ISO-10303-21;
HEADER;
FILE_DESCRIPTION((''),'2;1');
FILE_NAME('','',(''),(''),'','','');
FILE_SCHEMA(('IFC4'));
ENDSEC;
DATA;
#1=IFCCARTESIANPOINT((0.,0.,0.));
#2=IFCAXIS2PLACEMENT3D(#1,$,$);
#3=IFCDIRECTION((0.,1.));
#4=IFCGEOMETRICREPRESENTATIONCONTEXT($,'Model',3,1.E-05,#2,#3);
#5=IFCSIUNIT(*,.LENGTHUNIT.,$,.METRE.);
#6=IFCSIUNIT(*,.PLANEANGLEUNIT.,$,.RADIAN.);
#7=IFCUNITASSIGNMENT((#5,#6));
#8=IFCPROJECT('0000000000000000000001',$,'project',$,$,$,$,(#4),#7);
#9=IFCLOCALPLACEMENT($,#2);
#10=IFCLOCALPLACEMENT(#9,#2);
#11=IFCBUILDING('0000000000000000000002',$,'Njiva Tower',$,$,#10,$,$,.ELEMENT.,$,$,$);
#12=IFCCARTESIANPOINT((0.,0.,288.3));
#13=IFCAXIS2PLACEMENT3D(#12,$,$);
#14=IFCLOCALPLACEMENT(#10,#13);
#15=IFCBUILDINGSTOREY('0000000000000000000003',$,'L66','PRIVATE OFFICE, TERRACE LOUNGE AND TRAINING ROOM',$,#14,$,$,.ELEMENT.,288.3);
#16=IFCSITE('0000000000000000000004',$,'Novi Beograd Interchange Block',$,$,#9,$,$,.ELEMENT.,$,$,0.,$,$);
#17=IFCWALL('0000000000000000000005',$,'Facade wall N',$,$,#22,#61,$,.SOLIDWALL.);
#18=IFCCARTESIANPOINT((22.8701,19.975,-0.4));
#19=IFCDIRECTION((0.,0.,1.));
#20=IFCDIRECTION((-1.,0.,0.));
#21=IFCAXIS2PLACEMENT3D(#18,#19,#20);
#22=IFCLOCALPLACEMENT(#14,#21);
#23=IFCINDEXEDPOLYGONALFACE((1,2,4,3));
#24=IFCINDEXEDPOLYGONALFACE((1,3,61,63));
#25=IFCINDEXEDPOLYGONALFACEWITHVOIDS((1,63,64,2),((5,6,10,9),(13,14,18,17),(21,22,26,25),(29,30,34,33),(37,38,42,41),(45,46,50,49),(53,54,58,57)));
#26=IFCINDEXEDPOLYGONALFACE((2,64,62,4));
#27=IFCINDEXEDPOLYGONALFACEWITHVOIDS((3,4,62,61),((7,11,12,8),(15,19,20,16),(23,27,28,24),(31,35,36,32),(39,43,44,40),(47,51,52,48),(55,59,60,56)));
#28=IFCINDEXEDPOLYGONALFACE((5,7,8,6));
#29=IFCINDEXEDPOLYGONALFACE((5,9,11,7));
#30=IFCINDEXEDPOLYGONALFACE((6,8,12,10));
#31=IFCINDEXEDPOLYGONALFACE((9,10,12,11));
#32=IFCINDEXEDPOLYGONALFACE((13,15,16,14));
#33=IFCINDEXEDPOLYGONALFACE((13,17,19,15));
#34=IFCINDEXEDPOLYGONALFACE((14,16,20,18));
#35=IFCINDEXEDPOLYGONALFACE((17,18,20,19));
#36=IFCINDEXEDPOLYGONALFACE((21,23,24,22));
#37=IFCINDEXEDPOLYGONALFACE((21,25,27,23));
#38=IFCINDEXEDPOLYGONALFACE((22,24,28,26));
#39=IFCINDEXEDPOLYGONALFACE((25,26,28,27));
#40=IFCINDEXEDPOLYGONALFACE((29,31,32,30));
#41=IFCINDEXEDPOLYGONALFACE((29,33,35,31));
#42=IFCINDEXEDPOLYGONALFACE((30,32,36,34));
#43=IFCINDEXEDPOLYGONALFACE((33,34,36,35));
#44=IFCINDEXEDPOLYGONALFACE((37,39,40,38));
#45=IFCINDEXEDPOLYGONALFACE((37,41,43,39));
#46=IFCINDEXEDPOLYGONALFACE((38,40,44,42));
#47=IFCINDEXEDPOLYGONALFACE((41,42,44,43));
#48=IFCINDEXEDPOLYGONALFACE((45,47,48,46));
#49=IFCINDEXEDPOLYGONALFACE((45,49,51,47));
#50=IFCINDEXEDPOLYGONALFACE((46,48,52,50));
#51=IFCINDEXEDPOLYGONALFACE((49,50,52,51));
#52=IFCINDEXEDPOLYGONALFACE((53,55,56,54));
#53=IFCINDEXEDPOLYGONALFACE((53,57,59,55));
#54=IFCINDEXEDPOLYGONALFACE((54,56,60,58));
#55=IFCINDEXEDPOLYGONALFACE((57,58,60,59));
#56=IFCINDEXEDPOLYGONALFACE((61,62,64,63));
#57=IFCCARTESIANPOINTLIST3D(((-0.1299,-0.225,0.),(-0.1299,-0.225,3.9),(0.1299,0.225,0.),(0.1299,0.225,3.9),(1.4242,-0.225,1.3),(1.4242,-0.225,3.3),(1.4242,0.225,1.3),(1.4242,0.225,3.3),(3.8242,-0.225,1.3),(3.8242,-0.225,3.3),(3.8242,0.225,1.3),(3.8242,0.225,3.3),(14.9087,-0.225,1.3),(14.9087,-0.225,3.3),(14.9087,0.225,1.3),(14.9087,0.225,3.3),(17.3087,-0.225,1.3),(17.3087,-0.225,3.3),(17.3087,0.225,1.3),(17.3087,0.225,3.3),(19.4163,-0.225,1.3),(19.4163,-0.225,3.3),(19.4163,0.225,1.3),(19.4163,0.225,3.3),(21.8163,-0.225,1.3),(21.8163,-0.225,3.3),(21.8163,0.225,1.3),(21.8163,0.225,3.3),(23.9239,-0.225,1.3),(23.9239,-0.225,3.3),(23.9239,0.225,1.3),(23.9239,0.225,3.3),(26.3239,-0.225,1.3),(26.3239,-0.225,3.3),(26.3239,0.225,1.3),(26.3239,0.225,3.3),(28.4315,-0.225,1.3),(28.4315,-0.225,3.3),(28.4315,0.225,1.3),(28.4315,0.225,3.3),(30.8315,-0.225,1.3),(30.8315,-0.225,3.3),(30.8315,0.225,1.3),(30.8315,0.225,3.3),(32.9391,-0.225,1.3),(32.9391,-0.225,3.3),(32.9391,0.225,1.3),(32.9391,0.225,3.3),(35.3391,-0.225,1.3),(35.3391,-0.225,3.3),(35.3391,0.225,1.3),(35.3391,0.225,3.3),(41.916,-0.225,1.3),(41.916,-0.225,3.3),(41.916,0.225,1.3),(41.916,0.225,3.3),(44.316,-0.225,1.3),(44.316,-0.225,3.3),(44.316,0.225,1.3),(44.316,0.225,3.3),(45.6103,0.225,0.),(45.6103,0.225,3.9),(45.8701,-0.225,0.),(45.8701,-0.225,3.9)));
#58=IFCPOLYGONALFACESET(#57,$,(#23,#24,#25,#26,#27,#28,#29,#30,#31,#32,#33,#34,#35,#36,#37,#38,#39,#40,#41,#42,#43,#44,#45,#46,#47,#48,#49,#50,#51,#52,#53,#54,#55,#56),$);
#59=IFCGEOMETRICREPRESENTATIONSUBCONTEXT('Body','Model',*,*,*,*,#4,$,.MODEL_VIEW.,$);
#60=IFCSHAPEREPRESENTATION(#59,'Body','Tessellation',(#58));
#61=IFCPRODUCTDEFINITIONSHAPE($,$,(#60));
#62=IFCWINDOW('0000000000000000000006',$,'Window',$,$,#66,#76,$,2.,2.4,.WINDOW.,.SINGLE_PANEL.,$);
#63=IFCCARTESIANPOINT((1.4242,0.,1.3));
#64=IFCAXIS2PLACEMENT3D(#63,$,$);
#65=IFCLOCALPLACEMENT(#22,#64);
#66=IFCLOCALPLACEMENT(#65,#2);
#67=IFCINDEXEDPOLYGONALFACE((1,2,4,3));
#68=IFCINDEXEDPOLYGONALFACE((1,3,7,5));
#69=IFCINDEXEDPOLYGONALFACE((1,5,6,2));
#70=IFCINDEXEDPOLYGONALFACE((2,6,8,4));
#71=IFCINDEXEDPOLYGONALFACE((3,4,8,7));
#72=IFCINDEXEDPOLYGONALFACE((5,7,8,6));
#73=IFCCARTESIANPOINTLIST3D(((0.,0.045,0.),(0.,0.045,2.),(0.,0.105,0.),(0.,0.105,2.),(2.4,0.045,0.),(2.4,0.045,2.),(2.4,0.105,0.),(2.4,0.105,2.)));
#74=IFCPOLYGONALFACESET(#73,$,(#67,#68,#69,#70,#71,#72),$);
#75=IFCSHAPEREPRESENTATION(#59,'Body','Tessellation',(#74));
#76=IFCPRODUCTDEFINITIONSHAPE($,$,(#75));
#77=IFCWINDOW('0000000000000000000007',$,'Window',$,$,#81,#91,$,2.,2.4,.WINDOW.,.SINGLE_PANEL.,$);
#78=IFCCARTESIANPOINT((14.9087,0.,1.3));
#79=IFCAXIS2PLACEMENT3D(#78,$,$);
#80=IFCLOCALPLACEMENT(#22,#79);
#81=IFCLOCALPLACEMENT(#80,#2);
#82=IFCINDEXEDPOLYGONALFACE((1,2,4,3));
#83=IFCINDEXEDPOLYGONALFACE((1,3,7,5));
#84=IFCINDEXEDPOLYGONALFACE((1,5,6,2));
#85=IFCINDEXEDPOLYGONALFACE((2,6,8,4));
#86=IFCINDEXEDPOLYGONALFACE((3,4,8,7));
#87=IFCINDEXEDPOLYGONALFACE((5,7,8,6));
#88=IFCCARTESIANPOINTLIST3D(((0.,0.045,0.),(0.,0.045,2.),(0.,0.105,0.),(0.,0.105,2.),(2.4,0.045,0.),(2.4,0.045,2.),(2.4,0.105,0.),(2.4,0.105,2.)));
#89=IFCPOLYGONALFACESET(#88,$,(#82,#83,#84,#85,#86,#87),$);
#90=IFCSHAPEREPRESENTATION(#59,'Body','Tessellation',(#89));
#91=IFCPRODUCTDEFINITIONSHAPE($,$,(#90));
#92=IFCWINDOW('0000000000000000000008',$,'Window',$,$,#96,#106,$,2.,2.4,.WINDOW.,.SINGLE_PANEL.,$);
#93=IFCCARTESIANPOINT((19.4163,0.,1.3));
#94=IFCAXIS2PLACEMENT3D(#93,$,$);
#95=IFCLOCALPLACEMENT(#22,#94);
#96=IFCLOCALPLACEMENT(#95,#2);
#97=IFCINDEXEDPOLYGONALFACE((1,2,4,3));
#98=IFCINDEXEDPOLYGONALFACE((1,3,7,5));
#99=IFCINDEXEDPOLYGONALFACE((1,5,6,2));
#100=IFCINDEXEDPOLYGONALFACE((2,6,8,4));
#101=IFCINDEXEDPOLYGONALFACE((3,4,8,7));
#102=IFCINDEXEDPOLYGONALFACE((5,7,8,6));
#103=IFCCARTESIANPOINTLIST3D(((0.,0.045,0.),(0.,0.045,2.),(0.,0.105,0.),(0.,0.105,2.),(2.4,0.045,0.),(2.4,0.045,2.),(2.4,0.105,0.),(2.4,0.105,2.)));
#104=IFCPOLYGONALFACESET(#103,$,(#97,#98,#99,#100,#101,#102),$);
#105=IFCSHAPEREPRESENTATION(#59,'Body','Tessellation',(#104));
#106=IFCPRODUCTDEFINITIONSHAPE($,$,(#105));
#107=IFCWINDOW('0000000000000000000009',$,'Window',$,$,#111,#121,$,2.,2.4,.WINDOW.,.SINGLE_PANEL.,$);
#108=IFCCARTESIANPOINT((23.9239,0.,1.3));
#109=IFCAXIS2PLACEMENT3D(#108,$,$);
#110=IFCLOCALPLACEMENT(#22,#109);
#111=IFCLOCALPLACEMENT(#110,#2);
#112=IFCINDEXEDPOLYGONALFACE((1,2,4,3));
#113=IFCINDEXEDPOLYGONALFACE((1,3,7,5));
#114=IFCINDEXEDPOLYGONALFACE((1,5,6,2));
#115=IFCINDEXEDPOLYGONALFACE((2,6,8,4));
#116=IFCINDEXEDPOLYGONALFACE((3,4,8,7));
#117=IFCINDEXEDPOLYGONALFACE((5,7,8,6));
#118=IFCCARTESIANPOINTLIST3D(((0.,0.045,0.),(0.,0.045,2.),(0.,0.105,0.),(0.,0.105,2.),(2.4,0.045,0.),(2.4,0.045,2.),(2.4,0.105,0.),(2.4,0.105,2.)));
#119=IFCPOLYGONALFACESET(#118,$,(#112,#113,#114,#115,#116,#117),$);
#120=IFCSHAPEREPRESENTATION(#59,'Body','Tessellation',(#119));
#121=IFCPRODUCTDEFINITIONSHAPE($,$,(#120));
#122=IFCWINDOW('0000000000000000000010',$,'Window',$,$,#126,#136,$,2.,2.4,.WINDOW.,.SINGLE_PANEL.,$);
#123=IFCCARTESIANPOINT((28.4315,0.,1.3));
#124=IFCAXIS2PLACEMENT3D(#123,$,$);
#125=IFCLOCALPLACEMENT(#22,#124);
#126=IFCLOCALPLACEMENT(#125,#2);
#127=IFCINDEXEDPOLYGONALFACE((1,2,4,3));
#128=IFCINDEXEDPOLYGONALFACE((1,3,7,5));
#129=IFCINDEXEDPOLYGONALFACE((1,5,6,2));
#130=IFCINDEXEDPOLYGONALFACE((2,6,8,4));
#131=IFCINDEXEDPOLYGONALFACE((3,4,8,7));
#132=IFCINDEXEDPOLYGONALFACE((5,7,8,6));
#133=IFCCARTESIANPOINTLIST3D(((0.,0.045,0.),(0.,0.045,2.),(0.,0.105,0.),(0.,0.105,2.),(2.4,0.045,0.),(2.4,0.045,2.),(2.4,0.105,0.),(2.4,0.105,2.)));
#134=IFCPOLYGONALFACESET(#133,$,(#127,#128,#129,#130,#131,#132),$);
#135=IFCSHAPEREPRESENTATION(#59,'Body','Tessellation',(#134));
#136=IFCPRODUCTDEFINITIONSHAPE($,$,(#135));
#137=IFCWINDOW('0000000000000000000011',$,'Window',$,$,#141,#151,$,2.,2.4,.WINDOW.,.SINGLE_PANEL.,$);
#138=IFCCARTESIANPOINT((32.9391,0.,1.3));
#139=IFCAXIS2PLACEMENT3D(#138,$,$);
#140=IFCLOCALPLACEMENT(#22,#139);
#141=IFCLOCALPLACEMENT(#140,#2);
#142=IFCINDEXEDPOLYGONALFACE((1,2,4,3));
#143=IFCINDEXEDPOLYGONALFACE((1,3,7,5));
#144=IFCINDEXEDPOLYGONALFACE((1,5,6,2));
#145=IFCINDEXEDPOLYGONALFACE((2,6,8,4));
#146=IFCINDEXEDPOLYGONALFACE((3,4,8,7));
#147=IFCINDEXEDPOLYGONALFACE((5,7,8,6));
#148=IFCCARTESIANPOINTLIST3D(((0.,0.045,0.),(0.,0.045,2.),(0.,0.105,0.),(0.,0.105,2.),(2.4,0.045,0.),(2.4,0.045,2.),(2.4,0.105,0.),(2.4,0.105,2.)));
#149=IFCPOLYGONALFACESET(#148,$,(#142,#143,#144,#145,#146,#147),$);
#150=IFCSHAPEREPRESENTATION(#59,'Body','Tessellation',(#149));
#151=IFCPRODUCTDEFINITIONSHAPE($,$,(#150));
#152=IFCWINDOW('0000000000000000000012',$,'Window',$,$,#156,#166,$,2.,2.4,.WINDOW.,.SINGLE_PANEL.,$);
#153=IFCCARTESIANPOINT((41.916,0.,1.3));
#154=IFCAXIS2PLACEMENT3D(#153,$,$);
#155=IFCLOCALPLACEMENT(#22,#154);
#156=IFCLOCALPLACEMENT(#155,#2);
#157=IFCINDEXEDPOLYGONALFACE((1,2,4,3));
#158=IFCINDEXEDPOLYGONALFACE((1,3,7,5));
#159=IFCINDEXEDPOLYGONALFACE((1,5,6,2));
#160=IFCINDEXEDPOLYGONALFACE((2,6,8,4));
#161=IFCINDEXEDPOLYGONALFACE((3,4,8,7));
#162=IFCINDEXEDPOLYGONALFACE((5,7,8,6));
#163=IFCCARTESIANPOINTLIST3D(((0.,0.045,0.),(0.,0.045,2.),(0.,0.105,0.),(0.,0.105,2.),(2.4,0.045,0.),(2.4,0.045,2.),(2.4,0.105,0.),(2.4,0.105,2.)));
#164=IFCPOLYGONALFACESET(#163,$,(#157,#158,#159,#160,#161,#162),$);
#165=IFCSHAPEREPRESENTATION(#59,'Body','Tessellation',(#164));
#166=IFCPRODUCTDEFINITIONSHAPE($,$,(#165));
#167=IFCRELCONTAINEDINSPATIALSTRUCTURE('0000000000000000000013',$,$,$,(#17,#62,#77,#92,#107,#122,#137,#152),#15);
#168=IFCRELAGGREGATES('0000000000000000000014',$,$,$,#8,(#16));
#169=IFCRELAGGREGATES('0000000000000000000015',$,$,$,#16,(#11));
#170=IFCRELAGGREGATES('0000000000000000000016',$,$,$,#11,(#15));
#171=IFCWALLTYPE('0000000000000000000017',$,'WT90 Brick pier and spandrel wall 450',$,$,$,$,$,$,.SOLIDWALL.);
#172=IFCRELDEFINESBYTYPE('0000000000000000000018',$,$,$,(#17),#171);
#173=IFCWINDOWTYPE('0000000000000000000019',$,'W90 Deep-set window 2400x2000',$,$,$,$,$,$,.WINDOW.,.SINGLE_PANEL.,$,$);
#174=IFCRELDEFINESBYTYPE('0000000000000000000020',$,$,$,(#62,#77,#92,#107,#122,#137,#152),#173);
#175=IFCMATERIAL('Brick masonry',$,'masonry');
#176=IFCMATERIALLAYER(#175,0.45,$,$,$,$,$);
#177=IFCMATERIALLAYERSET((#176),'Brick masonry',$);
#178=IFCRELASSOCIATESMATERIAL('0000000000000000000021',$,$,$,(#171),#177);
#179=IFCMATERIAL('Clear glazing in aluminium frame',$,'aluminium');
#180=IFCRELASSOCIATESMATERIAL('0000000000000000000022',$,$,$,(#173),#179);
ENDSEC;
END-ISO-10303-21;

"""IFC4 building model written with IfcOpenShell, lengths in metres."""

from ifc_helpers import new_model, si_unit, direction, frame, frame_2d, origin, place, context, subcontext, project, spatial, polyline, rectangle, outline, extrude, material, layer, layer_set, type_object, element, fill, save


model = new_model("IFC4")

# Units and contexts
model_context = context("Model", 3, precision=1e-05, world=origin(), true_north=direction((0.0, 1.0)))
body_context = subcontext(model_context, "Body", "Model", "MODEL_VIEW")
ifc_project = project(units=[si_unit("LENGTHUNIT", "METRE"), si_unit("PLANEANGLEUNIT", "RADIAN")], contexts=[model_context])

# Site, building, storey
site_placement = place(None, origin())
site = spatial("IfcSite", under=ifc_project, at=site_placement, Name="Novi Beograd Interchange Block", CompositionType="ELEMENT", RefElevation=0.0)
building_placement = place(site_placement, origin())
building = spatial("IfcBuilding", under=site, at=building_placement, Name="Njiva Tower", CompositionType="ELEMENT")
storey_placement = place(building_placement, frame((0.0, 0.0, 288.3)))
storey = spatial("IfcBuildingStorey", under=building, at=storey_placement, Name="L66", Description="PRIVATE OFFICE, TERRACE LOUNGE AND TRAINING ROOM", CompositionType="ELEMENT", Elevation=288.3)

# Wall, openings, windows
ifc_material_1 = material(Name="Brick masonry", Category="masonry")
ifc_layer_1 = layer(ifc_material_1, 0.45)
ifc_layer_set_1 = layer_set([ifc_layer_1], Name="Brick masonry")
wall_type_1 = type_object("IfcWallType", Name="WT90 Brick pier and spandrel wall 450", PredefinedType="SOLIDWALL", material=ifc_layer_set_1)
wall_1_placement = place(storey_placement, frame((22.8701, 19.975, -0.4), z_axis=(0.0, 0.0, 1.0), x_axis=(-1.0, 0.0, 0.0)))
wall_1 = element("IfcWall", 1, at=wall_1_placement, inside=storey, type_object=wall_type_1, Name="Facade wall N", PredefinedType="SOLIDWALL", context=body_context, shape_type="SweptSolid", body=[
    extrude(outline(polyline([(-0.1299, -0.225), (45.8701, -0.225), (45.6103, 0.225), (0.1299, 0.225), (-0.1299, -0.225)])), origin(), (0.0, 0.0, 1.0), 3.9),
])
opening_1_placement = place(wall_1_placement, frame((1.4242, 0.0, 1.3)))
opening_1 = element("IfcOpeningElement", 2, at=opening_1_placement, cuts=wall_1, PredefinedType="OPENING", context=body_context, shape_type="SweptSolid", body=[
    extrude(rectangle(XDim=2.4, YDim=2.0, at=frame_2d((1.2, 1.0))), frame((0.0, 0.235, 0.0), z_axis=(0.0, -1.0, 0.0), x_axis=(1.0, 0.0, 0.0)), (0.0, 0.0, 1.0), 0.47),
])
opening_2_placement = place(wall_1_placement, frame((14.9087, 0.0, 1.3)))
opening_2 = element("IfcOpeningElement", 3, at=opening_2_placement, cuts=wall_1, PredefinedType="OPENING", context=body_context, shape_type="SweptSolid", body=[
    extrude(rectangle(XDim=2.4, YDim=2.0, at=frame_2d((1.2, 1.0))), frame((0.0, 0.235, 0.0), z_axis=(0.0, -1.0, 0.0), x_axis=(1.0, 0.0, 0.0)), (0.0, 0.0, 1.0), 0.47),
])
opening_3_placement = place(wall_1_placement, frame((19.4163, 0.0, 1.3)))
opening_3 = element("IfcOpeningElement", 4, at=opening_3_placement, cuts=wall_1, PredefinedType="OPENING", context=body_context, shape_type="SweptSolid", body=[
    extrude(rectangle(XDim=2.4, YDim=2.0, at=frame_2d((1.2, 1.0))), frame((0.0, 0.235, 0.0), z_axis=(0.0, -1.0, 0.0), x_axis=(1.0, 0.0, 0.0)), (0.0, 0.0, 1.0), 0.47),
])
opening_4_placement = place(wall_1_placement, frame((23.9239, 0.0, 1.3)))
opening_4 = element("IfcOpeningElement", 5, at=opening_4_placement, cuts=wall_1, PredefinedType="OPENING", context=body_context, shape_type="SweptSolid", body=[
    extrude(rectangle(XDim=2.4, YDim=2.0, at=frame_2d((1.2, 1.0))), frame((0.0, 0.235, 0.0), z_axis=(0.0, -1.0, 0.0), x_axis=(1.0, 0.0, 0.0)), (0.0, 0.0, 1.0), 0.47),
])
opening_5_placement = place(wall_1_placement, frame((28.4315, 0.0, 1.3)))
opening_5 = element("IfcOpeningElement", 6, at=opening_5_placement, cuts=wall_1, PredefinedType="OPENING", context=body_context, shape_type="SweptSolid", body=[
    extrude(rectangle(XDim=2.4, YDim=2.0, at=frame_2d((1.2, 1.0))), frame((0.0, 0.235, 0.0), z_axis=(0.0, -1.0, 0.0), x_axis=(1.0, 0.0, 0.0)), (0.0, 0.0, 1.0), 0.47),
])
opening_6_placement = place(wall_1_placement, frame((32.9391, 0.0, 1.3)))
opening_6 = element("IfcOpeningElement", 7, at=opening_6_placement, cuts=wall_1, PredefinedType="OPENING", context=body_context, shape_type="SweptSolid", body=[
    extrude(rectangle(XDim=2.4, YDim=2.0, at=frame_2d((1.2, 1.0))), frame((0.0, 0.235, 0.0), z_axis=(0.0, -1.0, 0.0), x_axis=(1.0, 0.0, 0.0)), (0.0, 0.0, 1.0), 0.47),
])
opening_7_placement = place(wall_1_placement, frame((41.916, 0.0, 1.3)))
opening_7 = element("IfcOpeningElement", 8, at=opening_7_placement, cuts=wall_1, PredefinedType="OPENING", context=body_context, shape_type="SweptSolid", body=[
    extrude(rectangle(XDim=2.4, YDim=2.0, at=frame_2d((1.2, 1.0))), frame((0.0, 0.235, 0.0), z_axis=(0.0, -1.0, 0.0), x_axis=(1.0, 0.0, 0.0)), (0.0, 0.0, 1.0), 0.47),
])
ifc_material_2 = material(Name="Clear glazing in aluminium frame", Category="aluminium")
window_type_1 = type_object("IfcWindowType", Name="W90 Deep-set window 2400x2000", PartitioningType="SINGLE_PANEL", PredefinedType="WINDOW", material=ifc_material_2)
window_1_placement = place(opening_1_placement, origin())
window_1 = element("IfcWindow", 9, at=window_1_placement, inside=storey, type_object=window_type_1, Name="Window", OverallHeight=2.0, OverallWidth=2.4, PartitioningType="SINGLE_PANEL", PredefinedType="WINDOW", context=body_context, shape_type="SweptSolid", body=[
    extrude(rectangle(XDim=2.4, YDim=2.0, at=frame_2d((1.2, 1.0))), frame((0.0, 0.105, 0.0), z_axis=(0.0, -1.0, 0.0), x_axis=(1.0, 0.0, 0.0)), (0.0, 0.0, 1.0), 0.06),
])
fill(opening_1, window_1)
window_2_placement = place(opening_2_placement, origin())
window_2 = element("IfcWindow", 10, at=window_2_placement, inside=storey, type_object=window_type_1, Name="Window", OverallHeight=2.0, OverallWidth=2.4, PartitioningType="SINGLE_PANEL", PredefinedType="WINDOW", context=body_context, shape_type="SweptSolid", body=[
    extrude(rectangle(XDim=2.4, YDim=2.0, at=frame_2d((1.2, 1.0))), frame((0.0, 0.105, 0.0), z_axis=(0.0, -1.0, 0.0), x_axis=(1.0, 0.0, 0.0)), (0.0, 0.0, 1.0), 0.06),
])
fill(opening_2, window_2)
window_3_placement = place(opening_3_placement, origin())
window_3 = element("IfcWindow", 11, at=window_3_placement, inside=storey, type_object=window_type_1, Name="Window", OverallHeight=2.0, OverallWidth=2.4, PartitioningType="SINGLE_PANEL", PredefinedType="WINDOW", context=body_context, shape_type="SweptSolid", body=[
    extrude(rectangle(XDim=2.4, YDim=2.0, at=frame_2d((1.2, 1.0))), frame((0.0, 0.105, 0.0), z_axis=(0.0, -1.0, 0.0), x_axis=(1.0, 0.0, 0.0)), (0.0, 0.0, 1.0), 0.06),
])
fill(opening_3, window_3)
window_4_placement = place(opening_4_placement, origin())
window_4 = element("IfcWindow", 12, at=window_4_placement, inside=storey, type_object=window_type_1, Name="Window", OverallHeight=2.0, OverallWidth=2.4, PartitioningType="SINGLE_PANEL", PredefinedType="WINDOW", context=body_context, shape_type="SweptSolid", body=[
    extrude(rectangle(XDim=2.4, YDim=2.0, at=frame_2d((1.2, 1.0))), frame((0.0, 0.105, 0.0), z_axis=(0.0, -1.0, 0.0), x_axis=(1.0, 0.0, 0.0)), (0.0, 0.0, 1.0), 0.06),
])
fill(opening_4, window_4)
window_5_placement = place(opening_5_placement, origin())
window_5 = element("IfcWindow", 13, at=window_5_placement, inside=storey, type_object=window_type_1, Name="Window", OverallHeight=2.0, OverallWidth=2.4, PartitioningType="SINGLE_PANEL", PredefinedType="WINDOW", context=body_context, shape_type="SweptSolid", body=[
    extrude(rectangle(XDim=2.4, YDim=2.0, at=frame_2d((1.2, 1.0))), frame((0.0, 0.105, 0.0), z_axis=(0.0, -1.0, 0.0), x_axis=(1.0, 0.0, 0.0)), (0.0, 0.0, 1.0), 0.06),
])
fill(opening_5, window_5)
window_6_placement = place(opening_6_placement, origin())
window_6 = element("IfcWindow", 14, at=window_6_placement, inside=storey, type_object=window_type_1, Name="Window", OverallHeight=2.0, OverallWidth=2.4, PartitioningType="SINGLE_PANEL", PredefinedType="WINDOW", context=body_context, shape_type="SweptSolid", body=[
    extrude(rectangle(XDim=2.4, YDim=2.0, at=frame_2d((1.2, 1.0))), frame((0.0, 0.105, 0.0), z_axis=(0.0, -1.0, 0.0), x_axis=(1.0, 0.0, 0.0)), (0.0, 0.0, 1.0), 0.06),
])
fill(opening_6, window_6)
window_7_placement = place(opening_7_placement, origin())
window_7 = element("IfcWindow", 15, at=window_7_placement, inside=storey, type_object=window_type_1, Name="Window", OverallHeight=2.0, OverallWidth=2.4, PartitioningType="SINGLE_PANEL", PredefinedType="WINDOW", context=body_context, shape_type="SweptSolid", body=[
    extrude(rectangle(XDim=2.4, YDim=2.0, at=frame_2d((1.2, 1.0))), frame((0.0, 0.105, 0.0), z_axis=(0.0, -1.0, 0.0), x_axis=(1.0, 0.0, 0.0)), (0.0, 0.0, 1.0), 0.06),
])
fill(opening_7, window_7)

save(model, "model.ifc")
